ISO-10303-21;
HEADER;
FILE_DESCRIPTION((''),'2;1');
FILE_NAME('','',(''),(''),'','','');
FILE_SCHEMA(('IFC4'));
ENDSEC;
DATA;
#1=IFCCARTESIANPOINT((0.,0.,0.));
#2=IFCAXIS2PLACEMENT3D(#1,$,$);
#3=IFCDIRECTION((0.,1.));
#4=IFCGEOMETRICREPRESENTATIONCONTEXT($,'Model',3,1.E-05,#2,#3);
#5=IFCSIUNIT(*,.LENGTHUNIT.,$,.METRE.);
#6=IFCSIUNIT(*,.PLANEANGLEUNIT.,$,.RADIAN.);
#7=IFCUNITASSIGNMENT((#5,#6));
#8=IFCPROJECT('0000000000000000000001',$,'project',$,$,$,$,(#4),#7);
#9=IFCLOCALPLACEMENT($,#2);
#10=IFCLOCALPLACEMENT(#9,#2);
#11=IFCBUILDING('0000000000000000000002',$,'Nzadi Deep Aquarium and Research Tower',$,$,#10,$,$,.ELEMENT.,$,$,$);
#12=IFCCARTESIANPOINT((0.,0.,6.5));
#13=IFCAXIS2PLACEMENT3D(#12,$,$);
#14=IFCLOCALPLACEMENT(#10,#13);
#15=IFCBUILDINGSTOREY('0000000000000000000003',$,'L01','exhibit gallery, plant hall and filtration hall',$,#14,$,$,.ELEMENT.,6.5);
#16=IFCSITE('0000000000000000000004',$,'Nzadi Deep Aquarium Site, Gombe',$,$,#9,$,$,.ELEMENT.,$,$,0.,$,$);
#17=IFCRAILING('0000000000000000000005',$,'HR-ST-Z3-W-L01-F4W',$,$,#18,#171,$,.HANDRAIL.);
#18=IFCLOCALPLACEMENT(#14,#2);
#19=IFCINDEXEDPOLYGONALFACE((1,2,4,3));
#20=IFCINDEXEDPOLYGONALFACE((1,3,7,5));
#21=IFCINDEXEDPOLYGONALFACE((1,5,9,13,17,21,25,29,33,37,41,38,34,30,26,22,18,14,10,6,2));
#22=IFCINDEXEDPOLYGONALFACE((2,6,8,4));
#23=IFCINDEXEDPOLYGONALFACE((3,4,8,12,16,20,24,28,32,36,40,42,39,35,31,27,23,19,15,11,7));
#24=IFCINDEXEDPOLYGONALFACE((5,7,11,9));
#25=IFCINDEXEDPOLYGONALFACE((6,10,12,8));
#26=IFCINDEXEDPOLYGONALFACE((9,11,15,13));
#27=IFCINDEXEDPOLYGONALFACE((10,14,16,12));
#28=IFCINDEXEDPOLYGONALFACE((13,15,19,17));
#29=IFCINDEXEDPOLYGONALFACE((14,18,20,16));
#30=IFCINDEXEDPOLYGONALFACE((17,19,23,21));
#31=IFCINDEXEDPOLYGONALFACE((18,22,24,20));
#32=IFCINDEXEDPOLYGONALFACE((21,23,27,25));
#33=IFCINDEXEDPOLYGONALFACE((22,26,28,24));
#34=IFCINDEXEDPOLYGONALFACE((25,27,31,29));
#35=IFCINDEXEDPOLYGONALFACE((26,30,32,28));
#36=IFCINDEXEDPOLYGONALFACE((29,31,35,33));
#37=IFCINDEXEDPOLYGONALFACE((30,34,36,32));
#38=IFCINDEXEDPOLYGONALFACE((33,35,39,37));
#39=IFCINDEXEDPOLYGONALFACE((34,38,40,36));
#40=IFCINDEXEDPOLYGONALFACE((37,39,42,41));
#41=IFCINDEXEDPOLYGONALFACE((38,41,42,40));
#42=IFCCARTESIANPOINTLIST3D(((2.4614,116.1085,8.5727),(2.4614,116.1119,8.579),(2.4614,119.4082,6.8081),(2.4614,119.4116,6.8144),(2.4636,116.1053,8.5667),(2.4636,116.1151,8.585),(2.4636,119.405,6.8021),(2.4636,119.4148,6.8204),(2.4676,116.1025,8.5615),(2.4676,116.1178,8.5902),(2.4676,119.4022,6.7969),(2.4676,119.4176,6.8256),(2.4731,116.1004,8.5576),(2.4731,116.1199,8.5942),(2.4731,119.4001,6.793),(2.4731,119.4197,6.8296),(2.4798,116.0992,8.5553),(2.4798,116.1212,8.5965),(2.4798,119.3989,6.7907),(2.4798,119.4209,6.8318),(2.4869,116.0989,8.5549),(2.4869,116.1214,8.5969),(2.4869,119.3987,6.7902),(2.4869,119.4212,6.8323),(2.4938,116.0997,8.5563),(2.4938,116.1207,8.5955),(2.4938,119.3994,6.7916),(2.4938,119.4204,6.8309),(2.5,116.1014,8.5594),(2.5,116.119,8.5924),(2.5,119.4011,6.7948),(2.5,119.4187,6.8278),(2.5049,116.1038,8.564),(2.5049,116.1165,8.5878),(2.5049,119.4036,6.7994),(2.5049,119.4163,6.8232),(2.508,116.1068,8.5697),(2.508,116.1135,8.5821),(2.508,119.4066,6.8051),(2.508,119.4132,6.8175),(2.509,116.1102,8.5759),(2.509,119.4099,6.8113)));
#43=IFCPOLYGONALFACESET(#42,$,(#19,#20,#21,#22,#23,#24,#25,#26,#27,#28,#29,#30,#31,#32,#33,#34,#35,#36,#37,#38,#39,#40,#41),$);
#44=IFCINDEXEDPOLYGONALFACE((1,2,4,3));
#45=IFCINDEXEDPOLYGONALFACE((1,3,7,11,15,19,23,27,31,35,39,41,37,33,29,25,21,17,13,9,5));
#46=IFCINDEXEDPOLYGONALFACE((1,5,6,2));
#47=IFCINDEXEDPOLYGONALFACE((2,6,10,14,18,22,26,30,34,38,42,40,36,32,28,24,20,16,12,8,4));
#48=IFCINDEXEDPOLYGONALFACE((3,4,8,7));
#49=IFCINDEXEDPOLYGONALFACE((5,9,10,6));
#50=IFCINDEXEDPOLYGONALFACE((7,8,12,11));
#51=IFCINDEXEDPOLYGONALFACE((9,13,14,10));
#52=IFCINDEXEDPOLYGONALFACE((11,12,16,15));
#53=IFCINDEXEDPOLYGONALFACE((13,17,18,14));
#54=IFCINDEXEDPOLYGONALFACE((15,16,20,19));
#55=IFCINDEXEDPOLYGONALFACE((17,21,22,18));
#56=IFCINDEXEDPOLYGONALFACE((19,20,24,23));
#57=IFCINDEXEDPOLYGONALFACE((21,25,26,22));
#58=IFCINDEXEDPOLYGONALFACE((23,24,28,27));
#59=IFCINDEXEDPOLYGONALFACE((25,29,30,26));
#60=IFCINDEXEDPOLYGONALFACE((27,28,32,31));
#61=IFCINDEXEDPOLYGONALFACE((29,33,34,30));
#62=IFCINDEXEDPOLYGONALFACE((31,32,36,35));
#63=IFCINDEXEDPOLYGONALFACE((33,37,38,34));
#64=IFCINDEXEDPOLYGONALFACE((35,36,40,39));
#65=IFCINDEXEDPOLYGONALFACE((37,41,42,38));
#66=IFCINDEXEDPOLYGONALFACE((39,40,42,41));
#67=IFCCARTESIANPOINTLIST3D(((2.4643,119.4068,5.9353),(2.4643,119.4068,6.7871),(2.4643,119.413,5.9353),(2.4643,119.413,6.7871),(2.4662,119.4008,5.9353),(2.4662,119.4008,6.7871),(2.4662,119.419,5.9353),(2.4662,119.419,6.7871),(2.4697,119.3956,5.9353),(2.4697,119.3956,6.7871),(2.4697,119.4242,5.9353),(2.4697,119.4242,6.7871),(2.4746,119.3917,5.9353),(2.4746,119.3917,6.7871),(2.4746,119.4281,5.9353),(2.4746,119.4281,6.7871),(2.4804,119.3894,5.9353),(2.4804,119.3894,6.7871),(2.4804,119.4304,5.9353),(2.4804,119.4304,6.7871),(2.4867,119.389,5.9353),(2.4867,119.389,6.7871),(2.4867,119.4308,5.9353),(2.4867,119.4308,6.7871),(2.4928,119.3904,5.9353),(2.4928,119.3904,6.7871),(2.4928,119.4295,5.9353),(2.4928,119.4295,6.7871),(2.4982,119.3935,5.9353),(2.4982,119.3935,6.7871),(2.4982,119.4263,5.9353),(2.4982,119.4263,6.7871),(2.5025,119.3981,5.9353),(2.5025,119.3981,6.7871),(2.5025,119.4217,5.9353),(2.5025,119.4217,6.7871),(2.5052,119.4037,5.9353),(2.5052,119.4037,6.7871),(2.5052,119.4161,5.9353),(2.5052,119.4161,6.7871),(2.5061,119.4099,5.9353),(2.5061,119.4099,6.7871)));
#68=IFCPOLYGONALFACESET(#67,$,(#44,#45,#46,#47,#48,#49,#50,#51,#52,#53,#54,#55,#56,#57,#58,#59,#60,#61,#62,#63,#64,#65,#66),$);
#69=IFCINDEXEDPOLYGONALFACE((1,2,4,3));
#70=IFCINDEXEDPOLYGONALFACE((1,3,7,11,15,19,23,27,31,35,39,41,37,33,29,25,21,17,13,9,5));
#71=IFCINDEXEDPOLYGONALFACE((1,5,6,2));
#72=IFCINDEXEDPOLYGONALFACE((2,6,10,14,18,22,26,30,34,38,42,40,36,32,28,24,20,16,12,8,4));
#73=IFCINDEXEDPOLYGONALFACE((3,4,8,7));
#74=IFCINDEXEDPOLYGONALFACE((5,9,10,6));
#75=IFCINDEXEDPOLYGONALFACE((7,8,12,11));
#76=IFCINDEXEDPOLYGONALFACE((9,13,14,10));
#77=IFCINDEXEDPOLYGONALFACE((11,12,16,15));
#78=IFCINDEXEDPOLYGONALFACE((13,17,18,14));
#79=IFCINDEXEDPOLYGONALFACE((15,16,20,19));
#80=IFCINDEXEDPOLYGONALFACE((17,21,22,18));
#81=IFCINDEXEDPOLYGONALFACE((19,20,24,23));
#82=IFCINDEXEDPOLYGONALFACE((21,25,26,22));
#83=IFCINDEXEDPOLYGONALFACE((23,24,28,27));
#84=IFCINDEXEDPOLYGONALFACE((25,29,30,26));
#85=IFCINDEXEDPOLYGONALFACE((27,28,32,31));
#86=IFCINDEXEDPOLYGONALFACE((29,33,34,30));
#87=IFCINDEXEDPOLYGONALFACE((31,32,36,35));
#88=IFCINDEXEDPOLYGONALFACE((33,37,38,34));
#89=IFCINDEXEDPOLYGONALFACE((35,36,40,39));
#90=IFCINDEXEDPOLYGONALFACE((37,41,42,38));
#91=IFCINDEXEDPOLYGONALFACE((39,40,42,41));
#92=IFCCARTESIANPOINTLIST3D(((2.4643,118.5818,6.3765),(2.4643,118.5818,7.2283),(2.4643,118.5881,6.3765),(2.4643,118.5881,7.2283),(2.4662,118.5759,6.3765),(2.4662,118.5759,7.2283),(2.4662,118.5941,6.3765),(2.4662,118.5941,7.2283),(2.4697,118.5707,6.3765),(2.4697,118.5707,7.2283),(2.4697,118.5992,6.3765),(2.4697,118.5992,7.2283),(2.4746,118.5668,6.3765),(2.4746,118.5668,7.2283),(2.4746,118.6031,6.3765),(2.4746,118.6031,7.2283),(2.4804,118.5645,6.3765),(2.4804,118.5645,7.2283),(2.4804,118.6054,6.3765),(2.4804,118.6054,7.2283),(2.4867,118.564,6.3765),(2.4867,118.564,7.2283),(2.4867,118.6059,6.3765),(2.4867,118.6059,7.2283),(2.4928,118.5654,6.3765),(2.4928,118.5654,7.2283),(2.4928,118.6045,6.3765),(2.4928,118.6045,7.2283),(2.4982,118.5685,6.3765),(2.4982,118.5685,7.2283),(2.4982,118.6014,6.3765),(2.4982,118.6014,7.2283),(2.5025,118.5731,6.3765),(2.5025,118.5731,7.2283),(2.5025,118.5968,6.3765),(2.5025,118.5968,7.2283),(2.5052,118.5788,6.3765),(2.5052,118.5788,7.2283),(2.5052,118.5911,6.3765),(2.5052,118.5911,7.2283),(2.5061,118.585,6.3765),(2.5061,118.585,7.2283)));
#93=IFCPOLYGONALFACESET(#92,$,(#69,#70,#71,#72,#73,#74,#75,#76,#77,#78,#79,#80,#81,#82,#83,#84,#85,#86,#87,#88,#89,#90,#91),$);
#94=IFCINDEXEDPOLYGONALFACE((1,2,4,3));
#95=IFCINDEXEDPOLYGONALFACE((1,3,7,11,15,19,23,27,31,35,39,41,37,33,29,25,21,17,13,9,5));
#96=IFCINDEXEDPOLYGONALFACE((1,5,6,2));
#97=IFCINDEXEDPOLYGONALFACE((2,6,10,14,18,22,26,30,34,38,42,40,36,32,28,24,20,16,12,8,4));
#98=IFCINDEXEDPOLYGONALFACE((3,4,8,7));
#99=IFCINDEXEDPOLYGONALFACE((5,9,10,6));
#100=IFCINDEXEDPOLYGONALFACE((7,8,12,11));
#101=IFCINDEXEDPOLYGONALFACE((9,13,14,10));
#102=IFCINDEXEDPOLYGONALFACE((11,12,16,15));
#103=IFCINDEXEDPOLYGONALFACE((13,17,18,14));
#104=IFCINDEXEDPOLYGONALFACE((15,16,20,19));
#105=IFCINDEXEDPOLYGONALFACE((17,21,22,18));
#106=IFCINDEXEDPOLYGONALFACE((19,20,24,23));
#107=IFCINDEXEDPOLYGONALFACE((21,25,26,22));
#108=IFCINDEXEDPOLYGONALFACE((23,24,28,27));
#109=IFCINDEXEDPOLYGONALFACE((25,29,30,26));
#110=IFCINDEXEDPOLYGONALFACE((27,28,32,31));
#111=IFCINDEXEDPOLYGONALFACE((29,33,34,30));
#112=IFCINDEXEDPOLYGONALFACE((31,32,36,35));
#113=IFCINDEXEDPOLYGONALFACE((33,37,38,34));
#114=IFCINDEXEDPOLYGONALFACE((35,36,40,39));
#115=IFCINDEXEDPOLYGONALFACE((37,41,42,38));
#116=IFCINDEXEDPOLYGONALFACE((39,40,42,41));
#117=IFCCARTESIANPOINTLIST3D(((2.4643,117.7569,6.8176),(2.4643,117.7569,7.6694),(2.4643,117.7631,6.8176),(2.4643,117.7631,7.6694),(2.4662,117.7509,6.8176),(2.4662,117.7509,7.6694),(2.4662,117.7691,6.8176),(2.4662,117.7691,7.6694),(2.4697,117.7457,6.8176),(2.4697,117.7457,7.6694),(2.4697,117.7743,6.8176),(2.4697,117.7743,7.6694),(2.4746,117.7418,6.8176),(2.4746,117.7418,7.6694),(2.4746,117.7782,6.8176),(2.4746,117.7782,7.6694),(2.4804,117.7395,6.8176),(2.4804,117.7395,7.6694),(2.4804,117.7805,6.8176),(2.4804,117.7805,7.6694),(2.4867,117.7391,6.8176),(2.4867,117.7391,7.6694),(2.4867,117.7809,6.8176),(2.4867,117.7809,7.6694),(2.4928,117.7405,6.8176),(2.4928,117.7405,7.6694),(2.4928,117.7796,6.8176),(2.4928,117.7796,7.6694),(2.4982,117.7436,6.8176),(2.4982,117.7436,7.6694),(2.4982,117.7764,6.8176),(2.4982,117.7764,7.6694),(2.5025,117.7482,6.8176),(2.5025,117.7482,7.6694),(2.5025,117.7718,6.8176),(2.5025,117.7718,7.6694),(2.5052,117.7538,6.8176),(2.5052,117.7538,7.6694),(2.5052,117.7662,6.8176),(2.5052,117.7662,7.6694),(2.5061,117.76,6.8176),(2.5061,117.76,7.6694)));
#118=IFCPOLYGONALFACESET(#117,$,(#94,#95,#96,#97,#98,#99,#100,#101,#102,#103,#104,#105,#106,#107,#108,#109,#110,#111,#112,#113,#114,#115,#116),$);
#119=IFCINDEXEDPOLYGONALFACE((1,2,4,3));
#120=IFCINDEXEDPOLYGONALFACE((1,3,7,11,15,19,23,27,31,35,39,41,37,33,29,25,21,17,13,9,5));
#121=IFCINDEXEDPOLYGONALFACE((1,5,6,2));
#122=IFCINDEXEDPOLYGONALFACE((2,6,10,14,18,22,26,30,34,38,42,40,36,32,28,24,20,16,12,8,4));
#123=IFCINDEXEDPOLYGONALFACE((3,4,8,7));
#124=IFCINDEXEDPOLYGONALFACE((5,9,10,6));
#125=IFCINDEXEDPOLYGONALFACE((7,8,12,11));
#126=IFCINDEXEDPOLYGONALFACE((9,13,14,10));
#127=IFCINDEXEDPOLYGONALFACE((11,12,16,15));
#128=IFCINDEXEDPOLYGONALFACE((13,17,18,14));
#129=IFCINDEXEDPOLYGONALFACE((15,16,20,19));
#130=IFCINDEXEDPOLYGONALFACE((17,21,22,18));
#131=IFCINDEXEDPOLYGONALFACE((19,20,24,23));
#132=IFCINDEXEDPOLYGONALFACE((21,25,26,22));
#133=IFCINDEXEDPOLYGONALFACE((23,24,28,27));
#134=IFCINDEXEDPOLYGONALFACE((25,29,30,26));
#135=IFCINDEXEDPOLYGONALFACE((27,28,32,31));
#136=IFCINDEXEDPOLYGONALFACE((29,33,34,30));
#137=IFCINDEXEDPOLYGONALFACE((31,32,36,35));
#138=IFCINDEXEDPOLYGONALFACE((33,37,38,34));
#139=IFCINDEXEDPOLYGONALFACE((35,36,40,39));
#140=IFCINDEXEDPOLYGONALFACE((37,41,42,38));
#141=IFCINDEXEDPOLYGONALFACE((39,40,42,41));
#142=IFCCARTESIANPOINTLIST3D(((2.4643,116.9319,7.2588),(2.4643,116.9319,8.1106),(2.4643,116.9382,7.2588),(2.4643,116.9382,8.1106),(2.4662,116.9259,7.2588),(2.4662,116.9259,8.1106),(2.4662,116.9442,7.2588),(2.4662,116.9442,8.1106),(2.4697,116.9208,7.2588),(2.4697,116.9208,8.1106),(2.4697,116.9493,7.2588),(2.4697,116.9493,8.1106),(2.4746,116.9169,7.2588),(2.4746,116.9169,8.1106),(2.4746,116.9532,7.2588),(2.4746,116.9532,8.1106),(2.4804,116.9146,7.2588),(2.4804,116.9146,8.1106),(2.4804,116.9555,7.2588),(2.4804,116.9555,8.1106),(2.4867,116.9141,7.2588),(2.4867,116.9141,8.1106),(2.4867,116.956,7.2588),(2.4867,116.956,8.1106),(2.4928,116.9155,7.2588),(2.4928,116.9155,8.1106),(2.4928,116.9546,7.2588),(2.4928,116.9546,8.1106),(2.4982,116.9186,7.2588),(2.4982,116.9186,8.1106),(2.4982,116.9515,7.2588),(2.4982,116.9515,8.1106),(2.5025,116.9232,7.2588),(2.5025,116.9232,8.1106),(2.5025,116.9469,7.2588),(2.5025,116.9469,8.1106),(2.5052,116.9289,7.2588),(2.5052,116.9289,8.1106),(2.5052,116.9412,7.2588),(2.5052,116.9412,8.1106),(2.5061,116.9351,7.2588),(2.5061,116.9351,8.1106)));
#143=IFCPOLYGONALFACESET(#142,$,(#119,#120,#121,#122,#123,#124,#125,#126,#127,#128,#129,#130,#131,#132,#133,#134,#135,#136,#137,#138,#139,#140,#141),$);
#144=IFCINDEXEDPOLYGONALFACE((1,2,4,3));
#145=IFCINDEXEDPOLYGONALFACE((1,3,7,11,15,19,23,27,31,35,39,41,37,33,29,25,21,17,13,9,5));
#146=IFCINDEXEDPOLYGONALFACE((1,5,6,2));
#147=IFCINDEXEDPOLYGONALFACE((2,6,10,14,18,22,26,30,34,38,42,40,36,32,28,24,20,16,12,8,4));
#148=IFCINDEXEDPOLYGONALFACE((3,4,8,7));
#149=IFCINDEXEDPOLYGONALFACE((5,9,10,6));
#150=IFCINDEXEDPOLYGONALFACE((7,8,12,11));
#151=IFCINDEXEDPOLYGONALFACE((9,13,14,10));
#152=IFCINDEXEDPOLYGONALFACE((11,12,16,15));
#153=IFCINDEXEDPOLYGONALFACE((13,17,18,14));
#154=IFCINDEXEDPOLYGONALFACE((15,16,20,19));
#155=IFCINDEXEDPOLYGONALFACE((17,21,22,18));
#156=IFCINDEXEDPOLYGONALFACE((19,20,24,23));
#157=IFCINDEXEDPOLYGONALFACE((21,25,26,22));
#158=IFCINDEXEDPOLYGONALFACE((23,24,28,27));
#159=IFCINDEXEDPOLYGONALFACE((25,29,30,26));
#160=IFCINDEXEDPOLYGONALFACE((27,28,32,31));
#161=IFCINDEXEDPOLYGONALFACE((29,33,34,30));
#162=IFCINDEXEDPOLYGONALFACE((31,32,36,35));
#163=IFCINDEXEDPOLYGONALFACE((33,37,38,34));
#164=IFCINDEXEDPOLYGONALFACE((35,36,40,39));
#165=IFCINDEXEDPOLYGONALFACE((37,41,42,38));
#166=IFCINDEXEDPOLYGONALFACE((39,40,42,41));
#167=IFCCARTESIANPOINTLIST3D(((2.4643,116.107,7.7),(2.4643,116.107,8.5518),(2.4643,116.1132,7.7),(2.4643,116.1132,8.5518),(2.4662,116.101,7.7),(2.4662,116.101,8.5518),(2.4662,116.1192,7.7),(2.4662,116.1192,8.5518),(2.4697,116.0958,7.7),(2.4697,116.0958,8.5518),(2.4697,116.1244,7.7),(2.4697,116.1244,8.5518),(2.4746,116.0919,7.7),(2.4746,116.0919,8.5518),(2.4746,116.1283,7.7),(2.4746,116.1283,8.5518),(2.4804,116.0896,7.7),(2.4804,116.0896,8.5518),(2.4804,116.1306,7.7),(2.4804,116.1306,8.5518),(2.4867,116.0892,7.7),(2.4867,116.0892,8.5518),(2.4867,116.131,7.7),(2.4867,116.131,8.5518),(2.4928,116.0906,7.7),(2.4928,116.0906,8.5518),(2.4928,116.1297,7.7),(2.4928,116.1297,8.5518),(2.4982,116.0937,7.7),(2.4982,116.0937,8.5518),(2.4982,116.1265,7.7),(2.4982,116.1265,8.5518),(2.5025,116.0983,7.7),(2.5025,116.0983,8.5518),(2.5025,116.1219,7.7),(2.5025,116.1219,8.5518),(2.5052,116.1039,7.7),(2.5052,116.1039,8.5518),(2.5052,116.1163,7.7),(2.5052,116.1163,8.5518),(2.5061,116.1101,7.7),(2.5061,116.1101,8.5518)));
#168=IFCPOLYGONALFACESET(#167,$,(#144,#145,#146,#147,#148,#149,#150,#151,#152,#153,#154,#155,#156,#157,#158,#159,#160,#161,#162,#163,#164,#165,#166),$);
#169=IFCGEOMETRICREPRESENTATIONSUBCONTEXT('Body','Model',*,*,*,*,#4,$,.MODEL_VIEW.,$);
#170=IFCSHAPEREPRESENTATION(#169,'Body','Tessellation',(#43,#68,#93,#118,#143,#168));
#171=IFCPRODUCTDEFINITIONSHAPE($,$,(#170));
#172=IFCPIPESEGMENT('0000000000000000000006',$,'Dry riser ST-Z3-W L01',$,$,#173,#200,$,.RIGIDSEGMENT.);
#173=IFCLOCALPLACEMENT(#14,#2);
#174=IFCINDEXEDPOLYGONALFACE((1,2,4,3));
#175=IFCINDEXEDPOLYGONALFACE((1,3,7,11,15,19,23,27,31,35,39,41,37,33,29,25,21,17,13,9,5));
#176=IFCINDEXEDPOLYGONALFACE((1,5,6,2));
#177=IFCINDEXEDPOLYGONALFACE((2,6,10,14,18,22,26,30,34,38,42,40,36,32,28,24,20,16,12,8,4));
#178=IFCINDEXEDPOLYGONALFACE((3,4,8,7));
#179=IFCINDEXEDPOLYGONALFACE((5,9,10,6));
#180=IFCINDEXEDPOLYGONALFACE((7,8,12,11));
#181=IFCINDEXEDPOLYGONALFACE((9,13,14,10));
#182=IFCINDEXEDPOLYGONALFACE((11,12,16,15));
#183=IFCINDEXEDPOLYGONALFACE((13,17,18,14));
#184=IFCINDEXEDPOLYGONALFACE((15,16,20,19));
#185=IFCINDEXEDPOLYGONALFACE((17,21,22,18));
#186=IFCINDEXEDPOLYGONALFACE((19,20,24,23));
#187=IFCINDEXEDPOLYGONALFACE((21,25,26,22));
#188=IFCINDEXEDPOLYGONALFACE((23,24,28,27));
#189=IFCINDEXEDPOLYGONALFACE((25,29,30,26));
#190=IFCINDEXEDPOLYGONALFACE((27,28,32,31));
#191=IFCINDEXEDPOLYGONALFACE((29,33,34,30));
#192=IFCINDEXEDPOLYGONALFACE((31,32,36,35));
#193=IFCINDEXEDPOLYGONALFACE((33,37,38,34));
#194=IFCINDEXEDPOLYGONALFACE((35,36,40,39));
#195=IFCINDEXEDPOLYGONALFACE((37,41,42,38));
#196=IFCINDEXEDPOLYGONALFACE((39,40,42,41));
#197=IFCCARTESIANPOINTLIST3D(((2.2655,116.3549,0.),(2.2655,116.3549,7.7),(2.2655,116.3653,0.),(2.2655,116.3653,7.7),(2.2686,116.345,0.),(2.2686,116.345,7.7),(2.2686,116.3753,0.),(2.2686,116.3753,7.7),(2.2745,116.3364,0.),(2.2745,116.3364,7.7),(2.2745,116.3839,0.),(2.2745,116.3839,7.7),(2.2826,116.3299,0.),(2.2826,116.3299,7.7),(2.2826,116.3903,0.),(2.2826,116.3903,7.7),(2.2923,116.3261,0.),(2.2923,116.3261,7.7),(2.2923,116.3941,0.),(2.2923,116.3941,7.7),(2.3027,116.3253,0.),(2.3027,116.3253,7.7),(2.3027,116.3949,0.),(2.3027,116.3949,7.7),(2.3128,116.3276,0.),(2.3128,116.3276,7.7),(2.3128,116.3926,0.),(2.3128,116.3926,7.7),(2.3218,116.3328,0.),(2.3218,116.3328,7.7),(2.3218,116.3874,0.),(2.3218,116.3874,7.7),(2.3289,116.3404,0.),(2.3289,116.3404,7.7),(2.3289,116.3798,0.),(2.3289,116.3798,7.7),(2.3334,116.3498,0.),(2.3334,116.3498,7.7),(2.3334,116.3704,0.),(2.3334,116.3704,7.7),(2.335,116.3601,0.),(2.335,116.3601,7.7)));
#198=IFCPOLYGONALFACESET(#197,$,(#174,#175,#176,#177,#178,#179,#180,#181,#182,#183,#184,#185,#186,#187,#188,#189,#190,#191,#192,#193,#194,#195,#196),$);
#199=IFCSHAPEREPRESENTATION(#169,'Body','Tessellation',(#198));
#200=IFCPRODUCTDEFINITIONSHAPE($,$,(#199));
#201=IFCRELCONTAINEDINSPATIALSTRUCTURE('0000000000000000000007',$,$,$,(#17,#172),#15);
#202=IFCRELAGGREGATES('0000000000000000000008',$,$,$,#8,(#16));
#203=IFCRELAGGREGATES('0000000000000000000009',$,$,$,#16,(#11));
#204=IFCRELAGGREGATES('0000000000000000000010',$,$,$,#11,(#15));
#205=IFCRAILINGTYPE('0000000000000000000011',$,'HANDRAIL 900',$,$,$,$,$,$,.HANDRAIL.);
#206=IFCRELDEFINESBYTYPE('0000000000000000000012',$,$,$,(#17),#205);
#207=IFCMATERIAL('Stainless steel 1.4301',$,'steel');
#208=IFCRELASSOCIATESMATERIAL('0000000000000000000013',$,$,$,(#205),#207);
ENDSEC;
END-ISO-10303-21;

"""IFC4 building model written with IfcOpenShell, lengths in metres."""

from ifc_helpers import new_model, si_unit, direction, frame, origin, origin_2d, place, context, subcontext, project, spatial, circle, extrude, material, type_object, element, save


model = new_model("IFC4")

# Units and contexts
model_context = context("Model", 3, precision=1e-05, world=origin(), true_north=direction((0.0, 1.0)))
body_context = subcontext(model_context, "Body", "Model", "MODEL_VIEW")
ifc_project = project(units=[si_unit("LENGTHUNIT", "METRE"), si_unit("PLANEANGLEUNIT", "RADIAN")], contexts=[model_context])

# Site, building, storey
site_placement = place(None, origin())
site = spatial("IfcSite", under=ifc_project, at=site_placement, Name="Nzadi Deep Aquarium Site, Gombe", CompositionType="ELEMENT", RefElevation=0.0)
building_placement = place(site_placement, origin())
building = spatial("IfcBuilding", under=site, at=building_placement, Name="Nzadi Deep Aquarium and Research Tower", CompositionType="ELEMENT")
storey_placement = place(building_placement, frame((0.0, 0.0, 6.5)))
storey = spatial("IfcBuildingStorey", under=building, at=storey_placement, Name="L01", Description="exhibit gallery, plant hall and filtration hall", CompositionType="ELEMENT", Elevation=6.5)

# Railing
ifc_material_1 = material(Name="Stainless steel 1.4301", Category="steel")
railing_type = type_object("IfcRailingType", Name="HANDRAIL 900", PredefinedType="HANDRAIL", material=ifc_material_1)
railing_1_placement = place(storey_placement, frame((2.4851, 119.4099, 5.9353)))
element("IfcRailing", 1, at=railing_1_placement, inside=storey, type_object=railing_type, Name="HR-ST-Z3-W-L01-F4W", PredefinedType="HANDRAIL", context=body_context, shape_type="SweptSolid", body=[
    extrude(circle(Radius=0.0239, at=origin_2d()), frame((0.0, 0.0, 0.876), z_axis=(0.0, -0.881825, 0.471577), x_axis=(1.0, 0.0, 0.0)), (0.0, 0.0, 1.0), 3.7419),
    extrude(circle(Radius=0.021, at=origin_2d()), origin(), (0.0, 0.0, 1.0), 0.8518),
    extrude(circle(Radius=0.021, at=origin_2d()), frame((0.0, -0.825, 0.4412)), (0.0, 0.0, 1.0), 0.8518),
    extrude(circle(Radius=0.021, at=origin_2d()), frame((0.0, -1.6499, 0.8823)), (0.0, 0.0, 1.0), 0.8518),
    extrude(circle(Radius=0.021, at=origin_2d()), frame((0.0, -2.4749, 1.3235)), (0.0, 0.0, 1.0), 0.8518),
    extrude(circle(Radius=0.021, at=origin_2d()), frame((0.0, -3.2998, 1.7646)), (0.0, 0.0, 1.0), 0.8518),
])

# Pipe segment
pipe_segment_placement = place(storey_placement, frame((2.3, 116.3601, 0.0), z_axis=(0.0, 0.0, 1.0), x_axis=(1.0, 0.0, 0.0)))
element("IfcPipeSegment", 2, at=pipe_segment_placement, inside=storey, Name="Dry riser ST-Z3-W L01", PredefinedType="RIGIDSEGMENT", context=body_context, shape_type="SweptSolid", body=[
    extrude(circle(Radius=0.0349, at=origin_2d()), origin(), (0.0, 0.0, 1.0), 7.7),
])

save(model, "model.ifc")
